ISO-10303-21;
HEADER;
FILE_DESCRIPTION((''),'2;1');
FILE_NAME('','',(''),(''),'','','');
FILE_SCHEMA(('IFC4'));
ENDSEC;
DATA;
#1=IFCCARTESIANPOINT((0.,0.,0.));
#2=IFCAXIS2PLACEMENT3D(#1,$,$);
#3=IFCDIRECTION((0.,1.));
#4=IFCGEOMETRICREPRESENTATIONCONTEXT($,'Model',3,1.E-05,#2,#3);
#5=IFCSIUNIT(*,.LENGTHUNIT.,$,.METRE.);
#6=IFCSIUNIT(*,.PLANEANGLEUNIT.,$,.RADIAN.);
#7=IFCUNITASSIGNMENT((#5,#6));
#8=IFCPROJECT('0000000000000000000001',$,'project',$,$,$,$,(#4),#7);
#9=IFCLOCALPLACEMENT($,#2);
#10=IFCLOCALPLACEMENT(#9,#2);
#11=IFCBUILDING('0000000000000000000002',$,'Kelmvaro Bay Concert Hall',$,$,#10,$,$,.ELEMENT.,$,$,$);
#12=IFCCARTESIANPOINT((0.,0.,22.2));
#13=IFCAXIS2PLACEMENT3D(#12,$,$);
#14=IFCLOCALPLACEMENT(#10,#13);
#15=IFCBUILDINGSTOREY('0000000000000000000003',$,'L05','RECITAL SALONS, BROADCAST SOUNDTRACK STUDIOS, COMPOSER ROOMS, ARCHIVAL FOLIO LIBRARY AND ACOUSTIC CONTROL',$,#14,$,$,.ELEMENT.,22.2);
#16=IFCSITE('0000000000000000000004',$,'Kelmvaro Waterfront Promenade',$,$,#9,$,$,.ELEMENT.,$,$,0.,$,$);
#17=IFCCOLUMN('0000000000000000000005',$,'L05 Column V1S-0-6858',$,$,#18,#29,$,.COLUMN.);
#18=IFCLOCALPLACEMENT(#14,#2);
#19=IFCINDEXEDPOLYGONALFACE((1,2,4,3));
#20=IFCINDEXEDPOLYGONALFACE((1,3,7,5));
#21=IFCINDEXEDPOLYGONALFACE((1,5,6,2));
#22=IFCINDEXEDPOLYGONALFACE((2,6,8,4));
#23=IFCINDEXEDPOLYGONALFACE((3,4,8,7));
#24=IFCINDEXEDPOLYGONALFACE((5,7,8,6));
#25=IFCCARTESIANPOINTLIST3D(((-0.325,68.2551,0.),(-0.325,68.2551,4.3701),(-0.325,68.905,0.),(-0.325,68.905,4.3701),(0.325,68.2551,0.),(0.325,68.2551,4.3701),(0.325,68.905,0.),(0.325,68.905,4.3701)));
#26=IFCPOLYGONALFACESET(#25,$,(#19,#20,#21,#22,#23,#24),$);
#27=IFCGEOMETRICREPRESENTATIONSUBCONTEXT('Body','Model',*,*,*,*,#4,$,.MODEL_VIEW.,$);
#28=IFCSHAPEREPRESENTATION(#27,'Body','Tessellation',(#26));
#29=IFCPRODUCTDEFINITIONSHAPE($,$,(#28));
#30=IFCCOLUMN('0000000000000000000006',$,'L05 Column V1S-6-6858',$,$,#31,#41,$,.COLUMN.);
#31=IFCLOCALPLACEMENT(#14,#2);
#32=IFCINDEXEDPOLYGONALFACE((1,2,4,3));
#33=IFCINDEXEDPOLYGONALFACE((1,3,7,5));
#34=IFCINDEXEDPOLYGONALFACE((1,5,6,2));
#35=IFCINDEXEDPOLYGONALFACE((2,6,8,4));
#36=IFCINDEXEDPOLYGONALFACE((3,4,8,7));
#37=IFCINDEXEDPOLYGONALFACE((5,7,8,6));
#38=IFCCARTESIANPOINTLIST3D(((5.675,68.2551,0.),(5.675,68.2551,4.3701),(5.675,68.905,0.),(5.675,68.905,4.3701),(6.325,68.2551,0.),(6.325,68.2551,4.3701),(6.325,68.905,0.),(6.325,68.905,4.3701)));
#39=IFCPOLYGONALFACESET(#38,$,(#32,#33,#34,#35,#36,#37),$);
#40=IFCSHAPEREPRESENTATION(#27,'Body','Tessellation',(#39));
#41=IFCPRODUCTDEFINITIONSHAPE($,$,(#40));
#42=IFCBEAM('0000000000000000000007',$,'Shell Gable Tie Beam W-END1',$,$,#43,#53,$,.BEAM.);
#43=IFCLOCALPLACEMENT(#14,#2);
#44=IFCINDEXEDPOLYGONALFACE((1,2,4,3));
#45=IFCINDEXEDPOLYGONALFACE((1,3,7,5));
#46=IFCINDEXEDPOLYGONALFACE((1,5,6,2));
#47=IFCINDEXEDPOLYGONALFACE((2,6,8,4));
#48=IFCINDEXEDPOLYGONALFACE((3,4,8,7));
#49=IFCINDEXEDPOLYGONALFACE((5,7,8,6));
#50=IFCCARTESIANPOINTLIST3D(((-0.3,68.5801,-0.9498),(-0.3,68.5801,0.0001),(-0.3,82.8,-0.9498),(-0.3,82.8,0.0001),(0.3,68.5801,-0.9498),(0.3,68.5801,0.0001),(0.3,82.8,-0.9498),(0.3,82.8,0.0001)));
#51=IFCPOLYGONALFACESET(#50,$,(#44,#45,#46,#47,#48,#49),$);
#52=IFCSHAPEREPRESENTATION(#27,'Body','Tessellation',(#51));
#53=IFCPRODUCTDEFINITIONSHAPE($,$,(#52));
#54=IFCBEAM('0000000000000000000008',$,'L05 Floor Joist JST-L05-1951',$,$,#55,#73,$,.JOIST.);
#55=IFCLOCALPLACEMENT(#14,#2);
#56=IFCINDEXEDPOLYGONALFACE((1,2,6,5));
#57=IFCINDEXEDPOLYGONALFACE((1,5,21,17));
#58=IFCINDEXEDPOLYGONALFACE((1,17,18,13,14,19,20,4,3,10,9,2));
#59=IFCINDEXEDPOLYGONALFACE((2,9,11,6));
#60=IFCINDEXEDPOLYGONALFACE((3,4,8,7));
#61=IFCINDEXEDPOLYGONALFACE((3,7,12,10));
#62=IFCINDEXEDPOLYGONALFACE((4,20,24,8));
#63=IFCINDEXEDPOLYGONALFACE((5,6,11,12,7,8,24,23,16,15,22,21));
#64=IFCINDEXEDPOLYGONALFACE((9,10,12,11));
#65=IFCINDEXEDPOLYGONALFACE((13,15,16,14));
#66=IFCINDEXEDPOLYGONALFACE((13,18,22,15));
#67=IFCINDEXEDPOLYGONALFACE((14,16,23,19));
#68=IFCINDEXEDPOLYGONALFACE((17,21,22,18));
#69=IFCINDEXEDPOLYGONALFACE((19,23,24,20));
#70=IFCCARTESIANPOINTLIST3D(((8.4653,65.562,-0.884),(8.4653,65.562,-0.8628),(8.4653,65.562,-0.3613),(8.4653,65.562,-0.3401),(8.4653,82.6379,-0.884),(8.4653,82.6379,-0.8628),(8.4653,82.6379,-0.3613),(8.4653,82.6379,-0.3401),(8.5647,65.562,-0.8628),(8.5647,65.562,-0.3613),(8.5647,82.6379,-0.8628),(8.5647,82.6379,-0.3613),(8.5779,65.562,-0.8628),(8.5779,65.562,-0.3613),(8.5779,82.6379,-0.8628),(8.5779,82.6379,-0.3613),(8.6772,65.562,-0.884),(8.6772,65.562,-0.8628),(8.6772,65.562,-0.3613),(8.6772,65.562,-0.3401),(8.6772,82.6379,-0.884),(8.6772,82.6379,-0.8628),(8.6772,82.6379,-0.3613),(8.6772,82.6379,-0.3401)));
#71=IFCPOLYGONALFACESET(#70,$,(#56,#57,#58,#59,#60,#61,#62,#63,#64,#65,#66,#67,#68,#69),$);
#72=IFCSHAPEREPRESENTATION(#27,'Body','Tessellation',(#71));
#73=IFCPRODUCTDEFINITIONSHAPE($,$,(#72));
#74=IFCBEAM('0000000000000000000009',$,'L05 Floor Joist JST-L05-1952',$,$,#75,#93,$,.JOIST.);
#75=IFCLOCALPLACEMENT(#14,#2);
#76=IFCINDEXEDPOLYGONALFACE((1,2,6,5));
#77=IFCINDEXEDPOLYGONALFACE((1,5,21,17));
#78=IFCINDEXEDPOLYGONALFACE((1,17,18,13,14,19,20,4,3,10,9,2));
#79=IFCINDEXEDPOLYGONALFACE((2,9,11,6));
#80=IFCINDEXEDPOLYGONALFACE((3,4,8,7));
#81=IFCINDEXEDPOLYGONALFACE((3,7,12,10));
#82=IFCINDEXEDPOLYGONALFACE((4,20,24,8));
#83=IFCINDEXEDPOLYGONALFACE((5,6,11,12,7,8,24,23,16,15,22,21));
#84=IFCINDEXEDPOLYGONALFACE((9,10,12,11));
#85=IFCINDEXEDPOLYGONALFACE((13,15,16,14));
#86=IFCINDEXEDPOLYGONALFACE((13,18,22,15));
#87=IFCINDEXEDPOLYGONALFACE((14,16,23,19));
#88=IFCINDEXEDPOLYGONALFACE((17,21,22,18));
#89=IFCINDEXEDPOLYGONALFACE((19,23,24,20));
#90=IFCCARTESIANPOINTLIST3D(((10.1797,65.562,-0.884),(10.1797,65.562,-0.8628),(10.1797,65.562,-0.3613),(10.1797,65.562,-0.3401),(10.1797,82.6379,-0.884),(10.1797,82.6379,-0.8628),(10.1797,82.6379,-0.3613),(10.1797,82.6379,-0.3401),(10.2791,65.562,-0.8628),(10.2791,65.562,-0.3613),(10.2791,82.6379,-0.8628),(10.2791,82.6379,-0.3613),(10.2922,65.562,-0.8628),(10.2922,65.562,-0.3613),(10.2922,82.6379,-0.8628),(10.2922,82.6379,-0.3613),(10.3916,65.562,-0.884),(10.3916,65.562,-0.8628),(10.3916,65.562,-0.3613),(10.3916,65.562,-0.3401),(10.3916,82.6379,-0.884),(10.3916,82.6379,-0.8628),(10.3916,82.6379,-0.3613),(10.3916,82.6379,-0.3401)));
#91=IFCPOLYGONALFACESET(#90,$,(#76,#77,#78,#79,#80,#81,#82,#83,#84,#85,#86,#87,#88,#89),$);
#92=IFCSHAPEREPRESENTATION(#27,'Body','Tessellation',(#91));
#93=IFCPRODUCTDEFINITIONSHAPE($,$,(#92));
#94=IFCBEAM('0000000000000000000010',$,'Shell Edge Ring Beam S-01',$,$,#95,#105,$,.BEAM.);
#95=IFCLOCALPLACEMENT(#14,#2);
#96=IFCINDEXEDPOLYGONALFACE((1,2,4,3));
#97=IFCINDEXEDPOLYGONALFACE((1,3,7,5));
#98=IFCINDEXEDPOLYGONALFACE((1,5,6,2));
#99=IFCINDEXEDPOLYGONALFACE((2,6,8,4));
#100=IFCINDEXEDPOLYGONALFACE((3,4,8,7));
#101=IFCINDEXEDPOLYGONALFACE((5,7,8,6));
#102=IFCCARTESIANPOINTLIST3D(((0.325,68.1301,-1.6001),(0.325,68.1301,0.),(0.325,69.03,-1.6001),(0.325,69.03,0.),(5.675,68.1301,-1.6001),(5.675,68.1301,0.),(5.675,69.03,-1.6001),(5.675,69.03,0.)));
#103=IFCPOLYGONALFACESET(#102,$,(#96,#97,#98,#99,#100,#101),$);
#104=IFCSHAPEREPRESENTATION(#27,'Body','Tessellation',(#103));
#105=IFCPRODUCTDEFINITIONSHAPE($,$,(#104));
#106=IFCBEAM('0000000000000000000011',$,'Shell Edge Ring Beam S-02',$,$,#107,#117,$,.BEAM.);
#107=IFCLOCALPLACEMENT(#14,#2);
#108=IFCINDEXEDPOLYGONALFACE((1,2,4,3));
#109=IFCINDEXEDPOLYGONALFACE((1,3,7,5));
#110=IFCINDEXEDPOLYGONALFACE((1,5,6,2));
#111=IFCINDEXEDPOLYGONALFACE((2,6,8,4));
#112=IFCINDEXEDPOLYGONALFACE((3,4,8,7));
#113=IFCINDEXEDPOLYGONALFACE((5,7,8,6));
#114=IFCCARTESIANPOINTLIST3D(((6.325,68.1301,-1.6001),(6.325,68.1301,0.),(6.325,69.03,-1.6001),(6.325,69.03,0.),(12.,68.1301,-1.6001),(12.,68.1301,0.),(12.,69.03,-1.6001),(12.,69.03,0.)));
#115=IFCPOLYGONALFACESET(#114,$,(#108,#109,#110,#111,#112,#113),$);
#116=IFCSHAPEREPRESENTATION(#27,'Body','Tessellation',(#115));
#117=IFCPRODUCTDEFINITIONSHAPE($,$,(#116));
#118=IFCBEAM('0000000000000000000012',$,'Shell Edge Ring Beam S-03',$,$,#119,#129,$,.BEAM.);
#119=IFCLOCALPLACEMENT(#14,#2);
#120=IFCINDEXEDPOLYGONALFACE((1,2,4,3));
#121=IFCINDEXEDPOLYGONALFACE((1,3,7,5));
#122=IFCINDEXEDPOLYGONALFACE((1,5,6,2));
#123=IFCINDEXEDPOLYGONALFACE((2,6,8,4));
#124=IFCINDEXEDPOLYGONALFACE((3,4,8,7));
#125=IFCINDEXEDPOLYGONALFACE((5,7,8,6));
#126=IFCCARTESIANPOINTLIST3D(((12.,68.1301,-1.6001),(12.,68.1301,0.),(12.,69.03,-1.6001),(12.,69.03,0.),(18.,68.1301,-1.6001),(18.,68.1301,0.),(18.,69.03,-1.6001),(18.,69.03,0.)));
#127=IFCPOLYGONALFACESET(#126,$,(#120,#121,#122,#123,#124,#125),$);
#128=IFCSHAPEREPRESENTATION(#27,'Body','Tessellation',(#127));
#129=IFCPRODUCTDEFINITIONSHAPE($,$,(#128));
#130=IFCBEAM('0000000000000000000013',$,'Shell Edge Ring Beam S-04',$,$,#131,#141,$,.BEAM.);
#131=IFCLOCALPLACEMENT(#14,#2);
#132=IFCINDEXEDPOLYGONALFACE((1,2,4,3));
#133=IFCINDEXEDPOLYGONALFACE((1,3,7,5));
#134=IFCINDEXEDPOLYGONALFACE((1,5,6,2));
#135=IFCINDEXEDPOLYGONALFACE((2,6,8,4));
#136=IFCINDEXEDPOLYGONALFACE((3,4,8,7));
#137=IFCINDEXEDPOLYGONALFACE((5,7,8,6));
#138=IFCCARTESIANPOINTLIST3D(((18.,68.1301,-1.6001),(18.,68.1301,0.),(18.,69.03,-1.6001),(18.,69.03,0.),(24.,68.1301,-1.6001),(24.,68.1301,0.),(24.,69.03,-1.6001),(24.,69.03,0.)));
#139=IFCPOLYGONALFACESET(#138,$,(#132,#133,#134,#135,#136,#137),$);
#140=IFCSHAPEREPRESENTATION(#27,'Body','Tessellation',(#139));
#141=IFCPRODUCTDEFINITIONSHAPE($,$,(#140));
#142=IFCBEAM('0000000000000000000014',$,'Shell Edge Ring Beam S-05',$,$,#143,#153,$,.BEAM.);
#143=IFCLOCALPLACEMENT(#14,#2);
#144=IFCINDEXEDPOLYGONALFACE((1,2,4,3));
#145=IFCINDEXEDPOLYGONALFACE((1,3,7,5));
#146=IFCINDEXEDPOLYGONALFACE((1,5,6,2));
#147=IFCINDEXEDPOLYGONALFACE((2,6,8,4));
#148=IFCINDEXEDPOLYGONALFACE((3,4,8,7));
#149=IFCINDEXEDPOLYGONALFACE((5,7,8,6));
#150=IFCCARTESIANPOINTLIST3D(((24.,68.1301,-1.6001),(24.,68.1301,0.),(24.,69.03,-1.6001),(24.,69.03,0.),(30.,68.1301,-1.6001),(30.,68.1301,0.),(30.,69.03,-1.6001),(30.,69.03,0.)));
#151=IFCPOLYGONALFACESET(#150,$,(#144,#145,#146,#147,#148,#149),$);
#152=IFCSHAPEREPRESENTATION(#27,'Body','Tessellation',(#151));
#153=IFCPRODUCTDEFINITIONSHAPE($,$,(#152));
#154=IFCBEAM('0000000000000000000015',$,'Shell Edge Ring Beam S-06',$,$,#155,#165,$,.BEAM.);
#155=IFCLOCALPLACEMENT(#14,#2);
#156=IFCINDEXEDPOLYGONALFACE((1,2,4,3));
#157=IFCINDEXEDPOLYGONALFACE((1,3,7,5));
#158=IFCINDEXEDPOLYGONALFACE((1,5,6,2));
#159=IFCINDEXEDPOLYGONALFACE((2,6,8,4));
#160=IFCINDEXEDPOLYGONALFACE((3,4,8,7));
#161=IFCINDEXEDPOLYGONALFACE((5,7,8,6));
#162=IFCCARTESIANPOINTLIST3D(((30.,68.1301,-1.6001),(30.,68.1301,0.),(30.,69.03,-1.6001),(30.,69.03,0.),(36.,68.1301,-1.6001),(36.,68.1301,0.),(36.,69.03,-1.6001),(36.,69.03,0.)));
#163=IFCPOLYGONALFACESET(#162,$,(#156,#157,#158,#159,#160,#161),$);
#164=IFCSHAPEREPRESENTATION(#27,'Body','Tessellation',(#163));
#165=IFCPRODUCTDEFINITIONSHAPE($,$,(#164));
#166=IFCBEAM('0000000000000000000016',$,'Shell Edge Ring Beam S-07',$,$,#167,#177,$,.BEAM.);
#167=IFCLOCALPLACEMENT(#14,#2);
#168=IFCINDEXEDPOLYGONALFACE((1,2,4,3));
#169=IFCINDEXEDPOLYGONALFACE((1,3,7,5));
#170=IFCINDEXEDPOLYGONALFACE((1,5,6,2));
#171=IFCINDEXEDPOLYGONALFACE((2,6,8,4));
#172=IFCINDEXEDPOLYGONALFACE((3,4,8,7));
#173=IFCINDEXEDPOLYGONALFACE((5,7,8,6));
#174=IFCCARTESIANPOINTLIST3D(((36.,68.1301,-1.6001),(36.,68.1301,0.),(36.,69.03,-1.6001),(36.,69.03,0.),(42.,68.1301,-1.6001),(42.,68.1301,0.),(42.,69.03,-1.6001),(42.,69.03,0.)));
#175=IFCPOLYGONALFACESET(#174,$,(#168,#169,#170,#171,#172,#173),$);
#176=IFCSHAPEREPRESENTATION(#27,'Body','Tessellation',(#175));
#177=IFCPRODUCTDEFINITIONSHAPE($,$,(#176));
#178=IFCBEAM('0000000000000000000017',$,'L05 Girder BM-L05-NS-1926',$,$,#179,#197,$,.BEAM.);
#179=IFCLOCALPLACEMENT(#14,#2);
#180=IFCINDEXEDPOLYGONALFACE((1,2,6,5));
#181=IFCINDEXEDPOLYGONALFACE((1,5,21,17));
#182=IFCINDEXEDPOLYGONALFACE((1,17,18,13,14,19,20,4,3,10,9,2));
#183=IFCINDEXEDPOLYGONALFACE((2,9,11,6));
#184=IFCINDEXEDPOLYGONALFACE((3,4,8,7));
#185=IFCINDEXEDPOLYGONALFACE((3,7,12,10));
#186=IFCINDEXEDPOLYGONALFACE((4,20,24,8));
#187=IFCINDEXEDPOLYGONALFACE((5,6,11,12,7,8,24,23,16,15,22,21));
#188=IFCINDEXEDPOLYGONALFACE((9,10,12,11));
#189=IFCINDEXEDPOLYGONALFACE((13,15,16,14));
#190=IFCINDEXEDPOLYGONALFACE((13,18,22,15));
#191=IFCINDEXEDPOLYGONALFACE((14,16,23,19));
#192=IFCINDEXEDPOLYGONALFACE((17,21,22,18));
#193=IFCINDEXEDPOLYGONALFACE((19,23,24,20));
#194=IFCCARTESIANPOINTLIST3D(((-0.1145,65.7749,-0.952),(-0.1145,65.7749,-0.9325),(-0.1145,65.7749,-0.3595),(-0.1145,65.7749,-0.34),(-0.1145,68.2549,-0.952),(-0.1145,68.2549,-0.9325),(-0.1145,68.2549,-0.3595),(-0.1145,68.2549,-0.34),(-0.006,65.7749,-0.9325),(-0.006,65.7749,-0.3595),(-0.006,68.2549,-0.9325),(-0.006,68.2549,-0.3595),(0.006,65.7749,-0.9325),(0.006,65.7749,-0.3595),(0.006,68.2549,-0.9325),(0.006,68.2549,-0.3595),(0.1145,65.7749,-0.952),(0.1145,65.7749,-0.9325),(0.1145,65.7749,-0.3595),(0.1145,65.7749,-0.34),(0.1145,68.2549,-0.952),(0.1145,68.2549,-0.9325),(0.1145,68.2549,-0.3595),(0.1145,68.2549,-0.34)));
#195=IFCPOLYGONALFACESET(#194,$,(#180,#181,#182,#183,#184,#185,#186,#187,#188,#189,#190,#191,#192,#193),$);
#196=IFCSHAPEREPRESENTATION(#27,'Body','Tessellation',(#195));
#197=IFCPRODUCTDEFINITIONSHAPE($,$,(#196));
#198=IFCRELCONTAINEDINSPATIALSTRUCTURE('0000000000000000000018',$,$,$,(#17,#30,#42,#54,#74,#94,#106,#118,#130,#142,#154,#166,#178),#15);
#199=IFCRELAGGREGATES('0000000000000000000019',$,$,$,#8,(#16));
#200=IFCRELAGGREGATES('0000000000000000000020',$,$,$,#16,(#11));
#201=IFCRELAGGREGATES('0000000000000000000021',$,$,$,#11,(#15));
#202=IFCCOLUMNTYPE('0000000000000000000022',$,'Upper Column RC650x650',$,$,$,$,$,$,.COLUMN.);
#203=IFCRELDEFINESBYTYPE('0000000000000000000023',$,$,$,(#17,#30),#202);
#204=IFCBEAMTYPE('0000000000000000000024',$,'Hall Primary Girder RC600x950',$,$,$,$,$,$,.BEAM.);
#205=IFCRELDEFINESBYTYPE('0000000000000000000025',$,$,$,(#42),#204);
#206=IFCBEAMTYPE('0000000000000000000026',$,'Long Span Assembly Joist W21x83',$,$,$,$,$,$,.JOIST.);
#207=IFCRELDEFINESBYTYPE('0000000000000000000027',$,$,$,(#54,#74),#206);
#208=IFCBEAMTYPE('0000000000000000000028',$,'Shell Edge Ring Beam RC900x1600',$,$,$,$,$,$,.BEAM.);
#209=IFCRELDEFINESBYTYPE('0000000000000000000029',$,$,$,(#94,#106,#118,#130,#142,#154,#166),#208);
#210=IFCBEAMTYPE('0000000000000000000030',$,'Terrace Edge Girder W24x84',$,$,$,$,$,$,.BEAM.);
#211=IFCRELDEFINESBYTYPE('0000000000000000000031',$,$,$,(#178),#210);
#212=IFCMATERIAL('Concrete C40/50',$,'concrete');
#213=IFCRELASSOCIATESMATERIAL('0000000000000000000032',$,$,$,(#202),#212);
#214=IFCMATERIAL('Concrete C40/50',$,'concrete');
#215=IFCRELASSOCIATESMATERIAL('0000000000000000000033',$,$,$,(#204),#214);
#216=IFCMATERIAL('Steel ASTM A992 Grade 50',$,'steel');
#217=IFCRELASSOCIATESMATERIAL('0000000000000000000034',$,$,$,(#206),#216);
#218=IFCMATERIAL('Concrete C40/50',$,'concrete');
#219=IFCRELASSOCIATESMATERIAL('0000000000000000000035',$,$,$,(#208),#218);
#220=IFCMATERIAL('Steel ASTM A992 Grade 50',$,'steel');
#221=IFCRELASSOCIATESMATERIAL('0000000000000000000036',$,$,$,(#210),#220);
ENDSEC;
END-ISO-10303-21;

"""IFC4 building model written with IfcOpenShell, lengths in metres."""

from ifc_helpers import new_model, si_unit, direction, frame, origin, origin_2d, place, context, subcontext, project, spatial, rectangle, i_section, extrude, material, material_profile, profile_set, type_object, element, save


model = new_model("IFC4")

# Units and contexts
model_context = context("Model", 3, precision=1e-05, world=origin(), true_north=direction((0.0, 1.0)))
body_context = subcontext(model_context, "Body", "Model", "MODEL_VIEW")
ifc_project = project(units=[si_unit("LENGTHUNIT", "METRE"), si_unit("PLANEANGLEUNIT", "RADIAN")], contexts=[model_context])

# Site, building, storey
site_placement = place(None, origin())
site = spatial("IfcSite", under=ifc_project, at=site_placement, Name="Kelmvaro Waterfront Promenade", CompositionType="ELEMENT", RefElevation=0.0)
building_placement = place(site_placement, origin())
building = spatial("IfcBuilding", under=site, at=building_placement, Name="Kelmvaro Bay Concert Hall", CompositionType="ELEMENT")
storey_placement = place(building_placement, frame((0.0, 0.0, 22.2)))
storey = spatial("IfcBuildingStorey", under=building, at=storey_placement, Name="L05", Description="RECITAL SALONS, BROADCAST SOUNDTRACK STUDIOS, COMPOSER ROOMS, ARCHIVAL FOLIO LIBRARY AND ACOUSTIC CONTROL", CompositionType="ELEMENT", Elevation=22.2)

# Columns
ifc_material_1 = material(Name="Concrete C40/50", Category="concrete")
ifc_material_profile_1 = material_profile(ifc_material_1, rectangle(XDim=0.6499, YDim=0.6499, at=origin_2d()), Name="RC-COL-650X650")
ifc_profile_set_1 = profile_set([ifc_material_profile_1], Name="Concrete C40/50")
column_type = type_object("IfcColumnType", Name="Upper Column RC650x650", PredefinedType="COLUMN", material=ifc_profile_set_1)
for number, where, z_axis, x_axis, name in (
    (1, (0.0, 68.5801, 0.0), (0.0, 0.0, 1.0), (1.0, 0.0, 0.0), "L05 Column V1S-0-6858"),
    (2, (6.0, 68.5801, 0.0), (0.0, 0.0, 1.0), (1.0, 0.0, 0.0), "L05 Column V1S-6-6858"),
):
    element("IfcColumn", number, at=place(storey_placement, frame(where, z_axis=z_axis, x_axis=x_axis)), inside=storey, type_object=column_type, Name=name, PredefinedType="COLUMN", context=body_context, shape_type="SweptSolid", body=[
        extrude(rectangle(XDim=0.6499, YDim=0.6499, at=origin_2d()), origin(), (0.0, 0.0, 1.0), 4.3701),
    ])

# Beams
ifc_material_2 = material(Name="Concrete C40/50", Category="concrete")
ifc_material_profile_2 = material_profile(ifc_material_2, rectangle(XDim=0.6001, YDim=0.95, at=origin_2d()), Name="RC-BM-600X950")
ifc_profile_set_2 = profile_set([ifc_material_profile_2], Name="Concrete C40/50")
beam_type_1 = type_object("IfcBeamType", Name="Hall Primary Girder RC600x950", PredefinedType="BEAM", material=ifc_profile_set_2)
beam_1_placement = place(storey_placement, frame((0.0, 68.5801, -0.4749), z_axis=(0.0, 1.0, 0.0), x_axis=(-1.0, 0.0, 0.0)))
element("IfcBeam", 3, at=beam_1_placement, inside=storey, type_object=beam_type_1, Name="Shell Gable Tie Beam W-END1", PredefinedType="BEAM", context=body_context, shape_type="SweptSolid", body=[
    extrude(rectangle(XDim=0.6001, YDim=0.95, at=origin_2d()), origin(), (0.0, 0.0, 1.0), 14.22),
])
ifc_material_3 = material(Name="Steel ASTM A992 Grade 50", Category="steel")
ifc_material_profile_3 = material_profile(ifc_material_3, i_section(OverallWidth=0.2119, OverallDepth=0.5439, WebThickness=0.0132, FlangeThickness=0.0212, at=origin_2d()), Name="W21X83")
ifc_profile_set_3 = profile_set([ifc_material_profile_3], Name="Steel ASTM A992 Grade 50")
beam_type_2 = type_object("IfcBeamType", Name="Long Span Assembly Joist W21x83", PredefinedType="JOIST", material=ifc_profile_set_3)
for number, where, z_axis, x_axis, name in (
    (4, (8.5713, 65.562, -0.6121), (0.0, 1.0, 0.0), (-1.0, 0.0, 0.0), "L05 Floor Joist JST-L05-1951"),
    (5, (10.2856, 65.562, -0.6121), (0.0, 1.0, 0.0), (-1.0, 0.0, 0.0), "L05 Floor Joist JST-L05-1952"),
):
    element("IfcBeam", number, at=place(storey_placement, frame(where, z_axis=z_axis, x_axis=x_axis)), inside=storey, type_object=beam_type_2, Name=name, PredefinedType="JOIST", context=body_context, shape_type="SweptSolid", body=[
        extrude(i_section(OverallWidth=0.2119, OverallDepth=0.5439, WebThickness=0.0132, FlangeThickness=0.0212, at=origin_2d()), origin(), (0.0, 0.0, 1.0), 17.0759),
    ])
ifc_material_4 = material(Name="Concrete C40/50", Category="concrete")
ifc_material_profile_4 = material_profile(ifc_material_4, rectangle(XDim=0.8999, YDim=1.6001, at=origin_2d()), Name="RC-SHB-900X1600")
ifc_profile_set_4 = profile_set([ifc_material_profile_4], Name="Concrete C40/50")
beam_type_3 = type_object("IfcBeamType", Name="Shell Edge Ring Beam RC900x1600", PredefinedType="BEAM", material=ifc_profile_set_4)
beam_2_placement = place(storey_placement, frame((0.325, 68.5801, -0.8), z_axis=(1.0, 0.0, 0.0), x_axis=(0.0, 1.0, 0.0)))
element("IfcBeam", 6, at=beam_2_placement, inside=storey, type_object=beam_type_3, Name="Shell Edge Ring Beam S-01", PredefinedType="BEAM", context=body_context, shape_type="SweptSolid", body=[
    extrude(rectangle(XDim=0.8999, YDim=1.6001, at=origin_2d()), origin(), (0.0, 0.0, 1.0), 5.3501),
])
beam_3_placement = place(storey_placement, frame((6.325, 68.5801, -0.8), z_axis=(1.0, 0.0, 0.0), x_axis=(0.0, 1.0, 0.0)))
element("IfcBeam", 7, at=beam_3_placement, inside=storey, type_object=beam_type_3, Name="Shell Edge Ring Beam S-02", PredefinedType="BEAM", context=body_context, shape_type="SweptSolid", body=[
    extrude(rectangle(XDim=0.8999, YDim=1.6001, at=origin_2d()), origin(), (0.0, 0.0, 1.0), 5.675),
])
for number, where, z_axis, x_axis, name in (
    (8, (12.0, 68.5801, -0.8), (1.0, 0.0, 0.0), (0.0, 1.0, 0.0), "Shell Edge Ring Beam S-03"),
    (9, (18.0, 68.5801, -0.8), (1.0, 0.0, 0.0), (0.0, 1.0, 0.0), "Shell Edge Ring Beam S-04"),
    (10, (24.0, 68.5801, -0.8), (1.0, 0.0, 0.0), (0.0, 1.0, 0.0), "Shell Edge Ring Beam S-05"),
    (11, (30.0, 68.5801, -0.8), (1.0, 0.0, 0.0), (0.0, 1.0, 0.0), "Shell Edge Ring Beam S-06"),
    (12, (36.0, 68.5801, -0.8), (1.0, 0.0, 0.0), (0.0, 1.0, 0.0), "Shell Edge Ring Beam S-07"),
):
    element("IfcBeam", number, at=place(storey_placement, frame(where, z_axis=z_axis, x_axis=x_axis)), inside=storey, type_object=beam_type_3, Name=name, PredefinedType="BEAM", context=body_context, shape_type="SweptSolid", body=[
        extrude(rectangle(XDim=0.8999, YDim=1.6001, at=origin_2d()), origin(), (0.0, 0.0, 1.0), 6.0),
    ])
ifc_material_5 = material(Name="Steel ASTM A992 Grade 50", Category="steel")
ifc_material_profile_5 = material_profile(ifc_material_5, i_section(OverallWidth=0.229, OverallDepth=0.6121, WebThickness=0.012, FlangeThickness=0.0195, at=origin_2d()), Name="W24X84")
ifc_profile_set_5 = profile_set([ifc_material_profile_5], Name="Steel ASTM A992 Grade 50")
beam_type_4 = type_object("IfcBeamType", Name="Terrace Edge Girder W24x84", PredefinedType="BEAM", material=ifc_profile_set_5)
beam_4_placement = place(storey_placement, frame((0.0, 65.7749, -0.646), z_axis=(0.0, 1.0, 0.0), x_axis=(-1.0, 0.0, 0.0)))
element("IfcBeam", 13, at=beam_4_placement, inside=storey, type_object=beam_type_4, Name="L05 Girder BM-L05-NS-1926", PredefinedType="BEAM", context=body_context, shape_type="SweptSolid", body=[
    extrude(i_section(OverallWidth=0.229, OverallDepth=0.6121, WebThickness=0.012, FlangeThickness=0.0195, at=origin_2d()), origin(), (0.0, 0.0, 1.0), 2.48),
])

save(model, "model.ifc")
